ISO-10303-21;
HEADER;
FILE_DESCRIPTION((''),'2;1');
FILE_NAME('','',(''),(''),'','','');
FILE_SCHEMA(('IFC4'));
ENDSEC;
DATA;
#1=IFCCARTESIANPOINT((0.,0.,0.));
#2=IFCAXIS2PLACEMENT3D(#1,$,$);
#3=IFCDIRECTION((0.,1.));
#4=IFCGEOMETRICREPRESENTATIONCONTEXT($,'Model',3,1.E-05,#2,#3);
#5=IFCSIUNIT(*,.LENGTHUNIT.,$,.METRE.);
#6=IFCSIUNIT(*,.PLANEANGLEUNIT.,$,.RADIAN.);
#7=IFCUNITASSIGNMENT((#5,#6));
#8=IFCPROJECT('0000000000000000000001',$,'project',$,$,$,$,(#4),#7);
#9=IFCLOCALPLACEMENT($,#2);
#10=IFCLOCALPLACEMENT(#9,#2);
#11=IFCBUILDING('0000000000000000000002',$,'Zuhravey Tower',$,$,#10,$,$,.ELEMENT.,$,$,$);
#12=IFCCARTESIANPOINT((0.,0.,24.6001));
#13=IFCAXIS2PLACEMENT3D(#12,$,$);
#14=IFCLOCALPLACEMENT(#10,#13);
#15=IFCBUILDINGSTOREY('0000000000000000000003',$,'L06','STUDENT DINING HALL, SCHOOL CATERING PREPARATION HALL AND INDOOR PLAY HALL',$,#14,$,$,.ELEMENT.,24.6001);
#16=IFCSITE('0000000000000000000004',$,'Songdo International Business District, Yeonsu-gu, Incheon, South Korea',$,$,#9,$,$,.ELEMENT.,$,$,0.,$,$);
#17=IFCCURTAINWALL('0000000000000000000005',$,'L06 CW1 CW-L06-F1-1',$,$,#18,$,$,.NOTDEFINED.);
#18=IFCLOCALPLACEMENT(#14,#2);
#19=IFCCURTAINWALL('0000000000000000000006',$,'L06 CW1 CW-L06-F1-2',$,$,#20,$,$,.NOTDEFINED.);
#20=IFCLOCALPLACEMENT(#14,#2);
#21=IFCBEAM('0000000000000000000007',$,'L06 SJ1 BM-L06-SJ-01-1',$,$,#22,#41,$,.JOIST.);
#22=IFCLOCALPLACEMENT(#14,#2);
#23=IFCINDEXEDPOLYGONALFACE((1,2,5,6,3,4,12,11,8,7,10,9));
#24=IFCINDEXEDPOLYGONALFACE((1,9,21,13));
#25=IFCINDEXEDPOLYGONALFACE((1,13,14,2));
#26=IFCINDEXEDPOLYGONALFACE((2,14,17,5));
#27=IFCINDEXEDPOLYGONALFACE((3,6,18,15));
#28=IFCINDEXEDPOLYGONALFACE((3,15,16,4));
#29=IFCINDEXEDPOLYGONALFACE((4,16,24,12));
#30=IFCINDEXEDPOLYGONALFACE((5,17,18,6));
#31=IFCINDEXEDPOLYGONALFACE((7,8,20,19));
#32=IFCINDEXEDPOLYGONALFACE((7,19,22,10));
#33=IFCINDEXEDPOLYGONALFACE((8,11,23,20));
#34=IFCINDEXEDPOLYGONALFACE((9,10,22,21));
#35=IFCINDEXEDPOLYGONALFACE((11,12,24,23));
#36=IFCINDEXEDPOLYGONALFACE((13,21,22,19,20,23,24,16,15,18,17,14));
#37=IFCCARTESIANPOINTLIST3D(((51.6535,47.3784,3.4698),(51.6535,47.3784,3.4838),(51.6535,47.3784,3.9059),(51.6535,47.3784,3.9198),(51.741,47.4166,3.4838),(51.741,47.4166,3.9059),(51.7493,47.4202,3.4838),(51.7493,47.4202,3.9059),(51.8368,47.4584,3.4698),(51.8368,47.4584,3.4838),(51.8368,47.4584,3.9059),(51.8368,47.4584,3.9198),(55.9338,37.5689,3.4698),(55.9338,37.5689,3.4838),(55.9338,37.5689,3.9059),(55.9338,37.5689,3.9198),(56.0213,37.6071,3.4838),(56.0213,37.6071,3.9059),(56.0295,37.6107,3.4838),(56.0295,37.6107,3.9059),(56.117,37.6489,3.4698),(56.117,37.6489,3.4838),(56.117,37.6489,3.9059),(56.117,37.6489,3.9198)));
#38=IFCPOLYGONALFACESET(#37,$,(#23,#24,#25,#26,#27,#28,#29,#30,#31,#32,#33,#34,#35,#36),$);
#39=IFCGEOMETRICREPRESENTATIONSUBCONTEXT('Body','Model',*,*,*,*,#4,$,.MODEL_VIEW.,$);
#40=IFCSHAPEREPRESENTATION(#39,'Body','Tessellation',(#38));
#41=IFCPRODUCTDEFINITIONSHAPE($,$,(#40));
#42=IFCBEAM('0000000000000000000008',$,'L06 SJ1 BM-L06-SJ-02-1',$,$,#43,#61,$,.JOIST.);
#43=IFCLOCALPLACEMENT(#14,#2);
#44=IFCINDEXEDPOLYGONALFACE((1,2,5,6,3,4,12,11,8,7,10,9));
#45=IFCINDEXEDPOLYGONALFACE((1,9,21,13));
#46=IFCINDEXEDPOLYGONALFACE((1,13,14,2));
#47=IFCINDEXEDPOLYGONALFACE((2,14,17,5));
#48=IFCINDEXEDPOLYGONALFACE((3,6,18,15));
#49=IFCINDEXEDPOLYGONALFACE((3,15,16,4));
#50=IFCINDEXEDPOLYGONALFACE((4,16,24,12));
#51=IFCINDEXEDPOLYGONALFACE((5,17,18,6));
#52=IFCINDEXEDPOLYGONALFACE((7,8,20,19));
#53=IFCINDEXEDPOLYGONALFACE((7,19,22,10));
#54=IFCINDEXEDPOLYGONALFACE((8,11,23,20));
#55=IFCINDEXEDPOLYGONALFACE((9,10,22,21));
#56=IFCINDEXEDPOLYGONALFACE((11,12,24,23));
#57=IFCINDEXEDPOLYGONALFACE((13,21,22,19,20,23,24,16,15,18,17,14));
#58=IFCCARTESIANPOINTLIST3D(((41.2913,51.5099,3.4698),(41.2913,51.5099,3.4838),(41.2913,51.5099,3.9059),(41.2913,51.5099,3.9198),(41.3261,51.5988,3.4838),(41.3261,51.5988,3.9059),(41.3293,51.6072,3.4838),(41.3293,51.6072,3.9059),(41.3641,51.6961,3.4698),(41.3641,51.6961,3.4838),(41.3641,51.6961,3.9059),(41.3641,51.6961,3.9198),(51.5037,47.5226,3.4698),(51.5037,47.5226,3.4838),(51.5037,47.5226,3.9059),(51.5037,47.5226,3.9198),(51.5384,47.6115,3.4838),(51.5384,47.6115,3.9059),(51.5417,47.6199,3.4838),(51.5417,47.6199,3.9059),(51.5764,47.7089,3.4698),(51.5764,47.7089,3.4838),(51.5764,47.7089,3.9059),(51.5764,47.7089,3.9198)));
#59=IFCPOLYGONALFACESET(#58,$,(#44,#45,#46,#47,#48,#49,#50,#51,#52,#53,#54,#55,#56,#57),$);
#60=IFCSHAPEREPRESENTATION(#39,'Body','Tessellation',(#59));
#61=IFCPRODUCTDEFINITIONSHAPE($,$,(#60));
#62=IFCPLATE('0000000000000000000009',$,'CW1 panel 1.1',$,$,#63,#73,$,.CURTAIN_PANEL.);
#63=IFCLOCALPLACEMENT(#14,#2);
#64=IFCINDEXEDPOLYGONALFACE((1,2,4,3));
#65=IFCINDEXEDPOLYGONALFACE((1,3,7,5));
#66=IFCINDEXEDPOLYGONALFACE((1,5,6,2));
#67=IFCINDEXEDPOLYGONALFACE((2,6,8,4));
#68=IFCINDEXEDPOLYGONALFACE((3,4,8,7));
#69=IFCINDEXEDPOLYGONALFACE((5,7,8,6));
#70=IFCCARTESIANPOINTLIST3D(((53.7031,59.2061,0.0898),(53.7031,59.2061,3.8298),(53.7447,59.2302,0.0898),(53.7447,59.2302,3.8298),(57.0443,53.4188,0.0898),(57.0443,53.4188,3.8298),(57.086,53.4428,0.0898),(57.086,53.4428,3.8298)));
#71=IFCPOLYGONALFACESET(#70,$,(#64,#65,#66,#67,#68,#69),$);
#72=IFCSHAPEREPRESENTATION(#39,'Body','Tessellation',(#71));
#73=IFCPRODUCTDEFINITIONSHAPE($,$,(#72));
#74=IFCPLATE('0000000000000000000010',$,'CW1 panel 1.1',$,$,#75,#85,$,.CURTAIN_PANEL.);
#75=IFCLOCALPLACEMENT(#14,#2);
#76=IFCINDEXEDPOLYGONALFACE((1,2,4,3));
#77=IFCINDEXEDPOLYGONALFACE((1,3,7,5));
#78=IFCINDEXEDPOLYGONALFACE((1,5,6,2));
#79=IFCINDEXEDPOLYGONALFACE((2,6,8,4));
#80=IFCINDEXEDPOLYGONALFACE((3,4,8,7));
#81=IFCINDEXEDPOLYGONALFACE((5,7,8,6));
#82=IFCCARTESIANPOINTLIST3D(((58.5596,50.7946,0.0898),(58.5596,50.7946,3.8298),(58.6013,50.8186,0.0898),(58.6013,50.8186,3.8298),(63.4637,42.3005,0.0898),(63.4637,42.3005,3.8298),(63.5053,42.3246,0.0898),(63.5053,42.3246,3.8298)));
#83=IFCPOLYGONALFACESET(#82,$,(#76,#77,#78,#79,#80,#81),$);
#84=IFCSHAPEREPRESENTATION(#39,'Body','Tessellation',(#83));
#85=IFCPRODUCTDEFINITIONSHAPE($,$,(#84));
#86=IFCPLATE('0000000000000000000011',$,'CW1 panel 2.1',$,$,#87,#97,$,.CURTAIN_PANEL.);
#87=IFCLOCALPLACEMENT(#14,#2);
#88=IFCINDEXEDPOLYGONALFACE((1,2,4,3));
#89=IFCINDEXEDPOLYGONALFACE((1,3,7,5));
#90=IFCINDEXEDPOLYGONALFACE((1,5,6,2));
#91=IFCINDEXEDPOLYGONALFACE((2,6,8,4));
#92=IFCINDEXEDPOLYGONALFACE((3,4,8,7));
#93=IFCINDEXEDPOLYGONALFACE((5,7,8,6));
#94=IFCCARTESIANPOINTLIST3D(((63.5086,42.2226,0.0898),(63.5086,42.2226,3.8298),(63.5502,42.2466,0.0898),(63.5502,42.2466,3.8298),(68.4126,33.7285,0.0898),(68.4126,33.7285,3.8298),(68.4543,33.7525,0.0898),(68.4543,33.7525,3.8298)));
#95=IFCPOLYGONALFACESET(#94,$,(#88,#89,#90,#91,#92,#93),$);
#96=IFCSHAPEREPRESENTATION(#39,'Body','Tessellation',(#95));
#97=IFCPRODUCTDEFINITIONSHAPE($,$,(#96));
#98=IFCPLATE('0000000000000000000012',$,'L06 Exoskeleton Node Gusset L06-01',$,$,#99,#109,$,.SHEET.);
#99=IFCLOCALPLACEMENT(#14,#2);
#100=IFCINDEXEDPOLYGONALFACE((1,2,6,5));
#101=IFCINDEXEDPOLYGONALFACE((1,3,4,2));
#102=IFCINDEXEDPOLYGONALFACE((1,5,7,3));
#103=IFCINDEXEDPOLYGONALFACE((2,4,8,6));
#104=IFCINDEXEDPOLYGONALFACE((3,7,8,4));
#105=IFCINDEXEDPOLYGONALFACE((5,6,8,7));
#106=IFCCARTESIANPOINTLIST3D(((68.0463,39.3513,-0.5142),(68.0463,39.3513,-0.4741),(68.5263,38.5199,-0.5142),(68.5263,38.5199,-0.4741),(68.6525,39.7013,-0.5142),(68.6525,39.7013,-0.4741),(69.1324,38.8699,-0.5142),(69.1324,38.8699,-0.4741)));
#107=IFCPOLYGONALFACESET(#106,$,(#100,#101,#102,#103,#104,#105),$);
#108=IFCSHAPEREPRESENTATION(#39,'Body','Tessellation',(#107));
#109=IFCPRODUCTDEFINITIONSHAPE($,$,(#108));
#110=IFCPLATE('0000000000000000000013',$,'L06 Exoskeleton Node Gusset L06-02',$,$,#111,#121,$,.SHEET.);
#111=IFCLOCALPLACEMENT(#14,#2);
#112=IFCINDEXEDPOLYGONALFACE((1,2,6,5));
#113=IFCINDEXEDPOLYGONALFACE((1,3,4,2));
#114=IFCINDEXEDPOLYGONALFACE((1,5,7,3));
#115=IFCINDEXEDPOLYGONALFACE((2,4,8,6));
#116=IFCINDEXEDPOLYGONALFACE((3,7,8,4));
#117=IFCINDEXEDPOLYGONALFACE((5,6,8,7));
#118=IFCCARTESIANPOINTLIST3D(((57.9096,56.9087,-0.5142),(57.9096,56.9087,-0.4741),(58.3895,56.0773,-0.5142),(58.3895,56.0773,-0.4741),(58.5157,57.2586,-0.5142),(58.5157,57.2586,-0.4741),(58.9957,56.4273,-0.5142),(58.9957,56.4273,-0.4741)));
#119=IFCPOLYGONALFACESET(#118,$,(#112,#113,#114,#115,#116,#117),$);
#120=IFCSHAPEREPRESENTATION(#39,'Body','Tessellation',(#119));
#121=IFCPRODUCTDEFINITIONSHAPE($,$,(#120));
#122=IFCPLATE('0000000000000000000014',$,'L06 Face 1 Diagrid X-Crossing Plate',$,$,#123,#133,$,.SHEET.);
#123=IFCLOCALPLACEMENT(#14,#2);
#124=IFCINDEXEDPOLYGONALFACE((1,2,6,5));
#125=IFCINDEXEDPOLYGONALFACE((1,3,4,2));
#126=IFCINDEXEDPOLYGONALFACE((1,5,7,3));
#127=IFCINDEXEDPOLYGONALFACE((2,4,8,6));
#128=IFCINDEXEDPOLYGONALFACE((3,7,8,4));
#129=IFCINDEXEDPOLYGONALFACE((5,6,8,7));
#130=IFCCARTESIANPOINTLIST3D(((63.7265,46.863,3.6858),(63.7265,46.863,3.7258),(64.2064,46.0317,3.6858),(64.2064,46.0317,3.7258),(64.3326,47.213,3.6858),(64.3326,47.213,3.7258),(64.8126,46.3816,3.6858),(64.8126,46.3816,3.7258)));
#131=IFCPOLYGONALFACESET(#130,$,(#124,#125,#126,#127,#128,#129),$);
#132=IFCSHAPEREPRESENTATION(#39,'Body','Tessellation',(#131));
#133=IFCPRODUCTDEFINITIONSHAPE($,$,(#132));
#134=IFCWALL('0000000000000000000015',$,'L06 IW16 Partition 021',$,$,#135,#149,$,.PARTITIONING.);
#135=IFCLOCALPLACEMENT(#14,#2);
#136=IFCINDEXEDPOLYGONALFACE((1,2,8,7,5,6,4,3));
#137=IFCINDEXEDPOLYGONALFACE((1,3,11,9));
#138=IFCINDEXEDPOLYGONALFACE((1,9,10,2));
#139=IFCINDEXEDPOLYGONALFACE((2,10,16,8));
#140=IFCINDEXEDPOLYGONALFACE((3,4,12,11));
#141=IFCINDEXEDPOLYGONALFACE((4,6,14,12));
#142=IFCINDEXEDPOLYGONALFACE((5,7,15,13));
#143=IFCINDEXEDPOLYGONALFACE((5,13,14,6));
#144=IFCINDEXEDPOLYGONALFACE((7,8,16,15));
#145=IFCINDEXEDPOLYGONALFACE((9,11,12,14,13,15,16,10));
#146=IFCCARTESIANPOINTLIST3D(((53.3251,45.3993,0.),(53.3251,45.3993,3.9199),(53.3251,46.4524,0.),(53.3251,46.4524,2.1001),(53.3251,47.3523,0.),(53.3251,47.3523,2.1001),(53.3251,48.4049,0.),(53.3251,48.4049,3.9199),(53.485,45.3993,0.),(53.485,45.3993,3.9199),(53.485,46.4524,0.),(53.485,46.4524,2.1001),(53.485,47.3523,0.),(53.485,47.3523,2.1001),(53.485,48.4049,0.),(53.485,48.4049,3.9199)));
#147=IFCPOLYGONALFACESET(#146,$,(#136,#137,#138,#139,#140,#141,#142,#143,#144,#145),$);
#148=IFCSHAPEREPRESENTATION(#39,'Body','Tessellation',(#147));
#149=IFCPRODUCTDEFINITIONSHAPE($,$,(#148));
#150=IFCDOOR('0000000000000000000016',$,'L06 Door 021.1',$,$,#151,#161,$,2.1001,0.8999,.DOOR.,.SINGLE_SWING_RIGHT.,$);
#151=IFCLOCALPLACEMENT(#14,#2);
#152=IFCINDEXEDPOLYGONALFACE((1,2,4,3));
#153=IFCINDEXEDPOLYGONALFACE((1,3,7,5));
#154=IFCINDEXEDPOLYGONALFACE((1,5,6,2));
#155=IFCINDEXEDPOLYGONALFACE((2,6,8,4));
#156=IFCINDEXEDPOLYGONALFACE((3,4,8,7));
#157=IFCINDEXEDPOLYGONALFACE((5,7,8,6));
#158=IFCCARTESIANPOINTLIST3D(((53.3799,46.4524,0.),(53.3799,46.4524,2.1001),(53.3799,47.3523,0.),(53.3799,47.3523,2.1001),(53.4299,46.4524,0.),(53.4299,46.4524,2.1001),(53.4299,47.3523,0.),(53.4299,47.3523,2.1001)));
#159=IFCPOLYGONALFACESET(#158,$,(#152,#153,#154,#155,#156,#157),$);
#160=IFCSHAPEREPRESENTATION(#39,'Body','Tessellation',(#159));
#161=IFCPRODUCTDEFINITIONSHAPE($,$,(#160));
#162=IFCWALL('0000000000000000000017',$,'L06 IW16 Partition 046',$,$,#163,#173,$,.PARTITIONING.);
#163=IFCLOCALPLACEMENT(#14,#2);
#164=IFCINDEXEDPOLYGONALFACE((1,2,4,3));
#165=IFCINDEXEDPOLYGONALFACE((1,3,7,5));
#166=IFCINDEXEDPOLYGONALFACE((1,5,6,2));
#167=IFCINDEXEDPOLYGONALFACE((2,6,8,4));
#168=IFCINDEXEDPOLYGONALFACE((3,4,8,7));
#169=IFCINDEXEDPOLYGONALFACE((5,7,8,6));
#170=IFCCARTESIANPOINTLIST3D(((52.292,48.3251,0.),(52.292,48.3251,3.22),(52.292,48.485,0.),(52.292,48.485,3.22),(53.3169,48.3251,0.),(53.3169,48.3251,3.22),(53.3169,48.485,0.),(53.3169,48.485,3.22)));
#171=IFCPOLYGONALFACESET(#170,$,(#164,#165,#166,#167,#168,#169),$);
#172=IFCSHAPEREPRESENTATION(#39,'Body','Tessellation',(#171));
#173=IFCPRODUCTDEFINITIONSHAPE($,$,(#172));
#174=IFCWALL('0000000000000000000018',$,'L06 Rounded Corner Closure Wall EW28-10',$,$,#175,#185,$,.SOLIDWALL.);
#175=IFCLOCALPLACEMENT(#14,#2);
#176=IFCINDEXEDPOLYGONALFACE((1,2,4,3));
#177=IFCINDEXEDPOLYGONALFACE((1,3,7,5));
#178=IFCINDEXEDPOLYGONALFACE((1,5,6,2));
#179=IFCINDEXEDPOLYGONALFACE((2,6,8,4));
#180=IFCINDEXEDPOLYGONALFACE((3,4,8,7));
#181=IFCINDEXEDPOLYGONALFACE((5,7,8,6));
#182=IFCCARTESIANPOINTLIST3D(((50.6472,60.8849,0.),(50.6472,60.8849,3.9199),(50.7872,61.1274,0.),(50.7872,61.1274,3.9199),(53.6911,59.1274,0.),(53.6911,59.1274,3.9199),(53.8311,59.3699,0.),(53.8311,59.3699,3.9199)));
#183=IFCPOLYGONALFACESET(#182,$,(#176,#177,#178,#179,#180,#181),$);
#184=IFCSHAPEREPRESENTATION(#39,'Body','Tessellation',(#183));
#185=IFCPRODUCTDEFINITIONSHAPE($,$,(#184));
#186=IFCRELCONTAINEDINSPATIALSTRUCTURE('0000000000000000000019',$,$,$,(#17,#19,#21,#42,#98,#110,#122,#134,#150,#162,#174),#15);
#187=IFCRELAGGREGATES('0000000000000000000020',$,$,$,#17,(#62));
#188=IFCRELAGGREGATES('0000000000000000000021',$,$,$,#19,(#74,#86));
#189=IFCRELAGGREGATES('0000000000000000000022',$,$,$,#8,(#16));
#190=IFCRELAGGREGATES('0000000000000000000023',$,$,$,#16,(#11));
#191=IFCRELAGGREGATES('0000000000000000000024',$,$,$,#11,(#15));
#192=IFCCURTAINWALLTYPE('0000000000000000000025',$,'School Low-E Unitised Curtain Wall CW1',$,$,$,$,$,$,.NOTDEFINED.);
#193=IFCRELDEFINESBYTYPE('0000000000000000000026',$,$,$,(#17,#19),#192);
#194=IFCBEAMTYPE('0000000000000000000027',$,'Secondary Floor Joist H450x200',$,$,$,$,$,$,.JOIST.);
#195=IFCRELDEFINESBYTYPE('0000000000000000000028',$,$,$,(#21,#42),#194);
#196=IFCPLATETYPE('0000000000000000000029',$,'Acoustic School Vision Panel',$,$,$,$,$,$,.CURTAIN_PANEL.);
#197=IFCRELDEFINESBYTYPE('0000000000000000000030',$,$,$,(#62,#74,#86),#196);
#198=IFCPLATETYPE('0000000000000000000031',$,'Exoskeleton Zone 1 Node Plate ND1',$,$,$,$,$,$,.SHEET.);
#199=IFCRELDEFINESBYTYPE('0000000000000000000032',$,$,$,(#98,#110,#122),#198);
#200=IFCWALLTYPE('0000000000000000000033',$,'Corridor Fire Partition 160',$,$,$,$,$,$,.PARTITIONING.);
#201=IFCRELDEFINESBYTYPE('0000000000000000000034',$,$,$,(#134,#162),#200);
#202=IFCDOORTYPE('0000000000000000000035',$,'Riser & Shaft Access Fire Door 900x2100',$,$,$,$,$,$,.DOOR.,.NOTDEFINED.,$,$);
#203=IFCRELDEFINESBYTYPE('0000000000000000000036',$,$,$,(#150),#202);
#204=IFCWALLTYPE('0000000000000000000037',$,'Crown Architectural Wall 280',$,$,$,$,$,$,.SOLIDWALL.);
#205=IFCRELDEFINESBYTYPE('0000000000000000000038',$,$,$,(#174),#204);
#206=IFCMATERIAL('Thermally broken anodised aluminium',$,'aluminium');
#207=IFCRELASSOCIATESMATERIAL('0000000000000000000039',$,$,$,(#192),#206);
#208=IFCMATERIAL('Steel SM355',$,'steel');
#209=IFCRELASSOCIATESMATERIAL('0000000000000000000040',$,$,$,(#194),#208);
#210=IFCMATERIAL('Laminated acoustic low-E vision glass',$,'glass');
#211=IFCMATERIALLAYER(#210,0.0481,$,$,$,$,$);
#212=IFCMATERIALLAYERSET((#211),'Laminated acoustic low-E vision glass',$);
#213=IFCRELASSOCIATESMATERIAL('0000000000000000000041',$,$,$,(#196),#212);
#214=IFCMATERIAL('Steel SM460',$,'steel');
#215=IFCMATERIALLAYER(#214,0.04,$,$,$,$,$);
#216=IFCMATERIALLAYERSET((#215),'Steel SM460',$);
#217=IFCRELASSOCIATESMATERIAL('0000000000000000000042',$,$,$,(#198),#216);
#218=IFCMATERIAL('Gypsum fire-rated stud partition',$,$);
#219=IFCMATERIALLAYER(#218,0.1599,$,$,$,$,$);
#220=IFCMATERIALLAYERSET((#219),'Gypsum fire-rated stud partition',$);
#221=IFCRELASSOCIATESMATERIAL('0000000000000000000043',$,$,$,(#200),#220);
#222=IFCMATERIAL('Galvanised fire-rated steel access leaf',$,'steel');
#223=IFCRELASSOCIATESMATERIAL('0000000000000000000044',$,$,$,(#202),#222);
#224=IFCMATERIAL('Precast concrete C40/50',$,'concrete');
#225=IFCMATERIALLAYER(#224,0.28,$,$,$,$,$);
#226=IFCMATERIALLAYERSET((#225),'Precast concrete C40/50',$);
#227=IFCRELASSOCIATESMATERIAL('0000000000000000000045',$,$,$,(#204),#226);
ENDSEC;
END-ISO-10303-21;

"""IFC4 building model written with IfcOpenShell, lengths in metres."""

from ifc_helpers import new_model, si_unit, direction, frame, frame_2d, origin, origin_2d, place, context, subcontext, project, spatial, rectangle, i_section, extrude, material, layer, layer_set, material_profile, profile_set, type_object, element, fill, aggregate, save


model = new_model("IFC4")

# Units and contexts
model_context = context("Model", 3, precision=1e-05, world=origin(), true_north=direction((0.0, 1.0)))
body_context = subcontext(model_context, "Body", "Model", "MODEL_VIEW")
ifc_project = project(units=[si_unit("LENGTHUNIT", "METRE"), si_unit("PLANEANGLEUNIT", "RADIAN")], contexts=[model_context])

# Site, building, storey
site_placement = place(None, origin())
site = spatial("IfcSite", under=ifc_project, at=site_placement, Name="Songdo International Business District, Yeonsu-gu, Incheon, South Korea", CompositionType="ELEMENT", RefElevation=0.0)
building_placement = place(site_placement, origin())
building = spatial("IfcBuilding", under=site, at=building_placement, Name="Zuhravey Tower", CompositionType="ELEMENT")
storey_placement = place(building_placement, frame((0.0, 0.0, 24.6001)))
storey = spatial("IfcBuildingStorey", under=building, at=storey_placement, Name="L06", Description="STUDENT DINING HALL, SCHOOL CATERING PREPARATION HALL AND INDOOR PLAY HALL", CompositionType="ELEMENT", Elevation=24.6001)

# Shared definitions
ifc_material_1 = material(Name="Thermally broken anodised aluminium", Category="aluminium")
curtain_wall_type = type_object("IfcCurtainWallType", Name="School Low-E Unitised Curtain Wall CW1", PredefinedType="NOTDEFINED", material=ifc_material_1)

# Curtain walls
curtain_wall_1_placement = place(storey_placement, origin())
curtain_wall_1 = element("IfcCurtainWall", 1, at=curtain_wall_1_placement, inside=storey, type_object=curtain_wall_type, Name="L06 CW1 CW-L06-F1-1", PredefinedType="NOTDEFINED")
curtain_wall_2_placement = place(storey_placement, origin())
curtain_wall_2 = element("IfcCurtainWall", 2, at=curtain_wall_2_placement, inside=storey, type_object=curtain_wall_type, Name="L06 CW1 CW-L06-F1-2", PredefinedType="NOTDEFINED")

# Shared definitions
ifc_material_2 = material(Name="Steel SM355", Category="steel")
ifc_material_3 = material(Name="Steel SM460", Category="steel")

# Beams
ifc_material_profile_1 = material_profile(ifc_material_2, i_section(OverallWidth=0.2, OverallDepth=0.45, WebThickness=0.009, FlangeThickness=0.0139, at=origin_2d()), Name="H-450x200x9x14")
ifc_profile_set_1 = profile_set([ifc_material_profile_1], Name="Steel SM355")
beam_type_1 = type_object("IfcBeamType", Name="Secondary Floor Joist H450x200", PredefinedType="JOIST", material=ifc_profile_set_1)
beam_1_placement = place(storey_placement, frame((56.0254, 37.6089, 3.6948), z_axis=(-0.399924, 0.916549, 0.0), x_axis=(-0.916549, -0.399924, 0.0)))
element("IfcBeam", 3, at=beam_1_placement, inside=storey, type_object=beam_type_1, Name="L06 SJ1 BM-L06-SJ-01-1", PredefinedType="JOIST", context=body_context, shape_type="SweptSolid", body=[
    extrude(i_section(OverallWidth=0.2, OverallDepth=0.45, WebThickness=0.009, FlangeThickness=0.0139, at=origin_2d()), origin(), (0.0, 0.0, 1.0), 10.7026),
])
beam_2_placement = place(storey_placement, frame((51.54, 47.6157, 3.6948), z_axis=(-0.931517, 0.363699, 0.0), x_axis=(-0.363699, -0.931517, 0.0)))
element("IfcBeam", 4, at=beam_2_placement, inside=storey, type_object=beam_type_1, Name="L06 SJ1 BM-L06-SJ-02-1", PredefinedType="JOIST", context=body_context, shape_type="SweptSolid", body=[
    extrude(i_section(OverallWidth=0.2, OverallDepth=0.45, WebThickness=0.009, FlangeThickness=0.0139, at=origin_2d()), origin(), (0.0, 0.0, 1.0), 10.9631),
])

# Plates
ifc_material_4 = material(Name="Laminated acoustic low-E vision glass", Category="glass")
ifc_layer_1 = layer(ifc_material_4, 0.0481)
ifc_layer_set_1 = layer_set([ifc_layer_1], Name="Laminated acoustic low-E vision glass")
plate_type_1 = type_object("IfcPlateType", Name="Acoustic School Vision Panel", PredefinedType="CURTAIN_PANEL", material=ifc_layer_set_1)
plate_1_placement = place(storey_placement, frame((55.3945, 56.3245, 0.0898), z_axis=(0.0, 0.0, 1.0), x_axis=(0.499993, -0.86603, 0.0)))
plate_1 = element("IfcPlate", 5, at=plate_1_placement, type_object=plate_type_1, Name="CW1 panel 1.1", PredefinedType="CURTAIN_PANEL", context=body_context, shape_type="SweptSolid", body=[
    extrude(rectangle(XDim=6.6826, YDim=0.0481, at=origin_2d()), origin(), (0.0, 0.0, 1.0), 3.74),
])
aggregate(curtain_wall_1, [plate_1])
plate_2_placement = place(storey_placement, frame((61.0325, 46.5596, 0.0898), z_axis=(0.0, 0.0, 1.0), x_axis=(0.500001, -0.866025, 0.0)))
plate_2 = element("IfcPlate", 6, at=plate_2_placement, type_object=plate_type_1, Name="CW1 panel 1.1", PredefinedType="CURTAIN_PANEL", context=body_context, shape_type="SweptSolid", body=[
    extrude(rectangle(XDim=9.8081, YDim=0.0481, at=origin_2d()), origin(), (0.0, 0.0, 1.0), 3.74),
])
plate_3_placement = place(storey_placement, frame((65.9814, 37.9875, 0.0898), z_axis=(0.0, 0.0, 1.0), x_axis=(0.500001, -0.866025, 0.0)))
plate_3 = element("IfcPlate", 7, at=plate_3_placement, type_object=plate_type_1, Name="CW1 panel 2.1", PredefinedType="CURTAIN_PANEL", context=body_context, shape_type="SweptSolid", body=[
    extrude(rectangle(XDim=9.8081, YDim=0.0481, at=origin_2d()), origin(), (0.0, 0.0, 1.0), 3.74),
])
aggregate(curtain_wall_2, [plate_2, plate_3])

# Plates
ifc_layer_2 = layer(ifc_material_3, 0.04)
ifc_layer_set_2 = layer_set([ifc_layer_2], Name="Steel SM460")
plate_type_2 = type_object("IfcPlateType", Name="Exoskeleton Zone 1 Node Plate ND1", PredefinedType="SHEET", material=ifc_layer_set_2)
for number, where, z_axis, x_axis, name in (
    (8, (68.5894, 39.1106, -0.5142), (0.0, 0.0, 1.0), (-0.5, 0.866025, 0.0), "L06 Exoskeleton Node Gusset L06-01"),
    (9, (58.4526, 56.668, -0.5142), (0.0, 0.0, 1.0), (-0.5, 0.866025, 0.0), "L06 Exoskeleton Node Gusset L06-02"),
    (10, (64.2695, 46.6223, 3.6858), (0.0, 0.0, 1.0), (-0.5, 0.866025, 0.0), "L06 Face 1 Diagrid X-Crossing Plate"),
):
    element("IfcPlate", number, at=place(storey_placement, frame(where, z_axis=z_axis, x_axis=x_axis)), inside=storey, type_object=plate_type_2, Name=name, PredefinedType="SHEET", context=body_context, shape_type="SweptSolid", body=[
        extrude(rectangle(XDim=0.96, YDim=0.7, at=origin_2d()), origin(), (0.0, 0.0, 1.0), 0.04),
    ])

# Wall, opening, door
ifc_material_5 = material(Name="Gypsum fire-rated stud partition")
ifc_layer_3 = layer(ifc_material_5, 0.1599)
ifc_layer_set_3 = layer_set([ifc_layer_3], Name="Gypsum fire-rated stud partition")
wall_type_1 = type_object("IfcWallType", Name="Corridor Fire Partition 160", PredefinedType="PARTITIONING", material=ifc_layer_set_3)
wall_1_placement = place(storey_placement, frame((53.405, 48.405, 0.0), z_axis=(0.0, 0.0, 1.0), x_axis=(0.0, -1.0, 0.0)))
wall_1 = element("IfcWall", 11, at=wall_1_placement, inside=storey, type_object=wall_type_1, Name="L06 IW16 Partition 021", PredefinedType="PARTITIONING", context=body_context, shape_type="SweptSolid", body=[
    extrude(rectangle(XDim=3.0056, YDim=0.1599, at=frame_2d((1.5029, 0.0))), origin(), (0.0, 0.0, 1.0), 3.9199),
])
opening_1_placement = place(wall_1_placement, frame((1.0527, 0.0, 0.0)))
opening_1 = element("IfcOpeningElement", 12, at=opening_1_placement, cuts=wall_1, PredefinedType="OPENING", context=body_context, shape_type="SweptSolid", body=[
    extrude(rectangle(XDim=0.8999, YDim=2.1001, at=frame_2d((0.45, 1.05))), frame((0.0, 0.092, 0.0), z_axis=(0.0, -1.0, 0.0), x_axis=(1.0, 0.0, 0.0)), (0.0, 0.0, 1.0), 0.1838),
])
ifc_material_6 = material(Name="Galvanised fire-rated steel access leaf", Category="steel")
door_type = type_object("IfcDoorType", Name="Riser & Shaft Access Fire Door 900x2100", OperationType="NOTDEFINED", PredefinedType="DOOR", material=ifc_material_6)
door_placement = place(opening_1_placement, origin())
door = element("IfcDoor", 13, at=door_placement, inside=storey, type_object=door_type, Name="L06 Door 021.1", OperationType="SINGLE_SWING_RIGHT", OverallHeight=2.1001, OverallWidth=0.8999, PredefinedType="DOOR", context=body_context, shape_type="SweptSolid", body=[
    extrude(rectangle(XDim=0.8999, YDim=2.1001, at=frame_2d((0.45, 1.05))), frame((0.0, 0.0249, 0.0), z_axis=(0.0, -1.0, 0.0), x_axis=(1.0, 0.0, 0.0)), (0.0, 0.0, 1.0), 0.05),
])
fill(opening_1, door)

# Walls
wall_2_placement = place(storey_placement, frame((52.292, 48.405, 0.0), z_axis=(0.0, 0.0, 1.0), x_axis=(1.0, 0.0, 0.0)))
element("IfcWall", 14, at=wall_2_placement, inside=storey, type_object=wall_type_1, Name="L06 IW16 Partition 046", PredefinedType="PARTITIONING", context=body_context, shape_type="SweptSolid", body=[
    extrude(rectangle(XDim=1.0249, YDim=0.1599, at=frame_2d((0.5125, 0.0))), origin(), (0.0, 0.0, 1.0), 3.22),
])
ifc_material_7 = material(Name="Precast concrete C40/50", Category="concrete")
ifc_layer_4 = layer(ifc_material_7, 0.28)
ifc_layer_set_4 = layer_set([ifc_layer_4], Name="Precast concrete C40/50")
wall_type_2 = type_object("IfcWallType", Name="Crown Architectural Wall 280", PredefinedType="SOLIDWALL", material=ifc_layer_set_4)
wall_3_placement = place(storey_placement, frame((50.7173, 61.0061, 0.0), z_axis=(0.0, 0.0, 1.0), x_axis=(0.866007, -0.500031, 0.0)))
element("IfcWall", 15, at=wall_3_placement, inside=storey, type_object=wall_type_2, Name="L06 Rounded Corner Closure Wall EW28-10", PredefinedType="SOLIDWALL", context=body_context, shape_type="SweptSolid", body=[
    extrude(rectangle(XDim=3.5149, YDim=0.28, at=frame_2d((1.7573, 0.0))), origin(), (0.0, 0.0, 1.0), 3.9199),
])

save(model, "model.ifc")
